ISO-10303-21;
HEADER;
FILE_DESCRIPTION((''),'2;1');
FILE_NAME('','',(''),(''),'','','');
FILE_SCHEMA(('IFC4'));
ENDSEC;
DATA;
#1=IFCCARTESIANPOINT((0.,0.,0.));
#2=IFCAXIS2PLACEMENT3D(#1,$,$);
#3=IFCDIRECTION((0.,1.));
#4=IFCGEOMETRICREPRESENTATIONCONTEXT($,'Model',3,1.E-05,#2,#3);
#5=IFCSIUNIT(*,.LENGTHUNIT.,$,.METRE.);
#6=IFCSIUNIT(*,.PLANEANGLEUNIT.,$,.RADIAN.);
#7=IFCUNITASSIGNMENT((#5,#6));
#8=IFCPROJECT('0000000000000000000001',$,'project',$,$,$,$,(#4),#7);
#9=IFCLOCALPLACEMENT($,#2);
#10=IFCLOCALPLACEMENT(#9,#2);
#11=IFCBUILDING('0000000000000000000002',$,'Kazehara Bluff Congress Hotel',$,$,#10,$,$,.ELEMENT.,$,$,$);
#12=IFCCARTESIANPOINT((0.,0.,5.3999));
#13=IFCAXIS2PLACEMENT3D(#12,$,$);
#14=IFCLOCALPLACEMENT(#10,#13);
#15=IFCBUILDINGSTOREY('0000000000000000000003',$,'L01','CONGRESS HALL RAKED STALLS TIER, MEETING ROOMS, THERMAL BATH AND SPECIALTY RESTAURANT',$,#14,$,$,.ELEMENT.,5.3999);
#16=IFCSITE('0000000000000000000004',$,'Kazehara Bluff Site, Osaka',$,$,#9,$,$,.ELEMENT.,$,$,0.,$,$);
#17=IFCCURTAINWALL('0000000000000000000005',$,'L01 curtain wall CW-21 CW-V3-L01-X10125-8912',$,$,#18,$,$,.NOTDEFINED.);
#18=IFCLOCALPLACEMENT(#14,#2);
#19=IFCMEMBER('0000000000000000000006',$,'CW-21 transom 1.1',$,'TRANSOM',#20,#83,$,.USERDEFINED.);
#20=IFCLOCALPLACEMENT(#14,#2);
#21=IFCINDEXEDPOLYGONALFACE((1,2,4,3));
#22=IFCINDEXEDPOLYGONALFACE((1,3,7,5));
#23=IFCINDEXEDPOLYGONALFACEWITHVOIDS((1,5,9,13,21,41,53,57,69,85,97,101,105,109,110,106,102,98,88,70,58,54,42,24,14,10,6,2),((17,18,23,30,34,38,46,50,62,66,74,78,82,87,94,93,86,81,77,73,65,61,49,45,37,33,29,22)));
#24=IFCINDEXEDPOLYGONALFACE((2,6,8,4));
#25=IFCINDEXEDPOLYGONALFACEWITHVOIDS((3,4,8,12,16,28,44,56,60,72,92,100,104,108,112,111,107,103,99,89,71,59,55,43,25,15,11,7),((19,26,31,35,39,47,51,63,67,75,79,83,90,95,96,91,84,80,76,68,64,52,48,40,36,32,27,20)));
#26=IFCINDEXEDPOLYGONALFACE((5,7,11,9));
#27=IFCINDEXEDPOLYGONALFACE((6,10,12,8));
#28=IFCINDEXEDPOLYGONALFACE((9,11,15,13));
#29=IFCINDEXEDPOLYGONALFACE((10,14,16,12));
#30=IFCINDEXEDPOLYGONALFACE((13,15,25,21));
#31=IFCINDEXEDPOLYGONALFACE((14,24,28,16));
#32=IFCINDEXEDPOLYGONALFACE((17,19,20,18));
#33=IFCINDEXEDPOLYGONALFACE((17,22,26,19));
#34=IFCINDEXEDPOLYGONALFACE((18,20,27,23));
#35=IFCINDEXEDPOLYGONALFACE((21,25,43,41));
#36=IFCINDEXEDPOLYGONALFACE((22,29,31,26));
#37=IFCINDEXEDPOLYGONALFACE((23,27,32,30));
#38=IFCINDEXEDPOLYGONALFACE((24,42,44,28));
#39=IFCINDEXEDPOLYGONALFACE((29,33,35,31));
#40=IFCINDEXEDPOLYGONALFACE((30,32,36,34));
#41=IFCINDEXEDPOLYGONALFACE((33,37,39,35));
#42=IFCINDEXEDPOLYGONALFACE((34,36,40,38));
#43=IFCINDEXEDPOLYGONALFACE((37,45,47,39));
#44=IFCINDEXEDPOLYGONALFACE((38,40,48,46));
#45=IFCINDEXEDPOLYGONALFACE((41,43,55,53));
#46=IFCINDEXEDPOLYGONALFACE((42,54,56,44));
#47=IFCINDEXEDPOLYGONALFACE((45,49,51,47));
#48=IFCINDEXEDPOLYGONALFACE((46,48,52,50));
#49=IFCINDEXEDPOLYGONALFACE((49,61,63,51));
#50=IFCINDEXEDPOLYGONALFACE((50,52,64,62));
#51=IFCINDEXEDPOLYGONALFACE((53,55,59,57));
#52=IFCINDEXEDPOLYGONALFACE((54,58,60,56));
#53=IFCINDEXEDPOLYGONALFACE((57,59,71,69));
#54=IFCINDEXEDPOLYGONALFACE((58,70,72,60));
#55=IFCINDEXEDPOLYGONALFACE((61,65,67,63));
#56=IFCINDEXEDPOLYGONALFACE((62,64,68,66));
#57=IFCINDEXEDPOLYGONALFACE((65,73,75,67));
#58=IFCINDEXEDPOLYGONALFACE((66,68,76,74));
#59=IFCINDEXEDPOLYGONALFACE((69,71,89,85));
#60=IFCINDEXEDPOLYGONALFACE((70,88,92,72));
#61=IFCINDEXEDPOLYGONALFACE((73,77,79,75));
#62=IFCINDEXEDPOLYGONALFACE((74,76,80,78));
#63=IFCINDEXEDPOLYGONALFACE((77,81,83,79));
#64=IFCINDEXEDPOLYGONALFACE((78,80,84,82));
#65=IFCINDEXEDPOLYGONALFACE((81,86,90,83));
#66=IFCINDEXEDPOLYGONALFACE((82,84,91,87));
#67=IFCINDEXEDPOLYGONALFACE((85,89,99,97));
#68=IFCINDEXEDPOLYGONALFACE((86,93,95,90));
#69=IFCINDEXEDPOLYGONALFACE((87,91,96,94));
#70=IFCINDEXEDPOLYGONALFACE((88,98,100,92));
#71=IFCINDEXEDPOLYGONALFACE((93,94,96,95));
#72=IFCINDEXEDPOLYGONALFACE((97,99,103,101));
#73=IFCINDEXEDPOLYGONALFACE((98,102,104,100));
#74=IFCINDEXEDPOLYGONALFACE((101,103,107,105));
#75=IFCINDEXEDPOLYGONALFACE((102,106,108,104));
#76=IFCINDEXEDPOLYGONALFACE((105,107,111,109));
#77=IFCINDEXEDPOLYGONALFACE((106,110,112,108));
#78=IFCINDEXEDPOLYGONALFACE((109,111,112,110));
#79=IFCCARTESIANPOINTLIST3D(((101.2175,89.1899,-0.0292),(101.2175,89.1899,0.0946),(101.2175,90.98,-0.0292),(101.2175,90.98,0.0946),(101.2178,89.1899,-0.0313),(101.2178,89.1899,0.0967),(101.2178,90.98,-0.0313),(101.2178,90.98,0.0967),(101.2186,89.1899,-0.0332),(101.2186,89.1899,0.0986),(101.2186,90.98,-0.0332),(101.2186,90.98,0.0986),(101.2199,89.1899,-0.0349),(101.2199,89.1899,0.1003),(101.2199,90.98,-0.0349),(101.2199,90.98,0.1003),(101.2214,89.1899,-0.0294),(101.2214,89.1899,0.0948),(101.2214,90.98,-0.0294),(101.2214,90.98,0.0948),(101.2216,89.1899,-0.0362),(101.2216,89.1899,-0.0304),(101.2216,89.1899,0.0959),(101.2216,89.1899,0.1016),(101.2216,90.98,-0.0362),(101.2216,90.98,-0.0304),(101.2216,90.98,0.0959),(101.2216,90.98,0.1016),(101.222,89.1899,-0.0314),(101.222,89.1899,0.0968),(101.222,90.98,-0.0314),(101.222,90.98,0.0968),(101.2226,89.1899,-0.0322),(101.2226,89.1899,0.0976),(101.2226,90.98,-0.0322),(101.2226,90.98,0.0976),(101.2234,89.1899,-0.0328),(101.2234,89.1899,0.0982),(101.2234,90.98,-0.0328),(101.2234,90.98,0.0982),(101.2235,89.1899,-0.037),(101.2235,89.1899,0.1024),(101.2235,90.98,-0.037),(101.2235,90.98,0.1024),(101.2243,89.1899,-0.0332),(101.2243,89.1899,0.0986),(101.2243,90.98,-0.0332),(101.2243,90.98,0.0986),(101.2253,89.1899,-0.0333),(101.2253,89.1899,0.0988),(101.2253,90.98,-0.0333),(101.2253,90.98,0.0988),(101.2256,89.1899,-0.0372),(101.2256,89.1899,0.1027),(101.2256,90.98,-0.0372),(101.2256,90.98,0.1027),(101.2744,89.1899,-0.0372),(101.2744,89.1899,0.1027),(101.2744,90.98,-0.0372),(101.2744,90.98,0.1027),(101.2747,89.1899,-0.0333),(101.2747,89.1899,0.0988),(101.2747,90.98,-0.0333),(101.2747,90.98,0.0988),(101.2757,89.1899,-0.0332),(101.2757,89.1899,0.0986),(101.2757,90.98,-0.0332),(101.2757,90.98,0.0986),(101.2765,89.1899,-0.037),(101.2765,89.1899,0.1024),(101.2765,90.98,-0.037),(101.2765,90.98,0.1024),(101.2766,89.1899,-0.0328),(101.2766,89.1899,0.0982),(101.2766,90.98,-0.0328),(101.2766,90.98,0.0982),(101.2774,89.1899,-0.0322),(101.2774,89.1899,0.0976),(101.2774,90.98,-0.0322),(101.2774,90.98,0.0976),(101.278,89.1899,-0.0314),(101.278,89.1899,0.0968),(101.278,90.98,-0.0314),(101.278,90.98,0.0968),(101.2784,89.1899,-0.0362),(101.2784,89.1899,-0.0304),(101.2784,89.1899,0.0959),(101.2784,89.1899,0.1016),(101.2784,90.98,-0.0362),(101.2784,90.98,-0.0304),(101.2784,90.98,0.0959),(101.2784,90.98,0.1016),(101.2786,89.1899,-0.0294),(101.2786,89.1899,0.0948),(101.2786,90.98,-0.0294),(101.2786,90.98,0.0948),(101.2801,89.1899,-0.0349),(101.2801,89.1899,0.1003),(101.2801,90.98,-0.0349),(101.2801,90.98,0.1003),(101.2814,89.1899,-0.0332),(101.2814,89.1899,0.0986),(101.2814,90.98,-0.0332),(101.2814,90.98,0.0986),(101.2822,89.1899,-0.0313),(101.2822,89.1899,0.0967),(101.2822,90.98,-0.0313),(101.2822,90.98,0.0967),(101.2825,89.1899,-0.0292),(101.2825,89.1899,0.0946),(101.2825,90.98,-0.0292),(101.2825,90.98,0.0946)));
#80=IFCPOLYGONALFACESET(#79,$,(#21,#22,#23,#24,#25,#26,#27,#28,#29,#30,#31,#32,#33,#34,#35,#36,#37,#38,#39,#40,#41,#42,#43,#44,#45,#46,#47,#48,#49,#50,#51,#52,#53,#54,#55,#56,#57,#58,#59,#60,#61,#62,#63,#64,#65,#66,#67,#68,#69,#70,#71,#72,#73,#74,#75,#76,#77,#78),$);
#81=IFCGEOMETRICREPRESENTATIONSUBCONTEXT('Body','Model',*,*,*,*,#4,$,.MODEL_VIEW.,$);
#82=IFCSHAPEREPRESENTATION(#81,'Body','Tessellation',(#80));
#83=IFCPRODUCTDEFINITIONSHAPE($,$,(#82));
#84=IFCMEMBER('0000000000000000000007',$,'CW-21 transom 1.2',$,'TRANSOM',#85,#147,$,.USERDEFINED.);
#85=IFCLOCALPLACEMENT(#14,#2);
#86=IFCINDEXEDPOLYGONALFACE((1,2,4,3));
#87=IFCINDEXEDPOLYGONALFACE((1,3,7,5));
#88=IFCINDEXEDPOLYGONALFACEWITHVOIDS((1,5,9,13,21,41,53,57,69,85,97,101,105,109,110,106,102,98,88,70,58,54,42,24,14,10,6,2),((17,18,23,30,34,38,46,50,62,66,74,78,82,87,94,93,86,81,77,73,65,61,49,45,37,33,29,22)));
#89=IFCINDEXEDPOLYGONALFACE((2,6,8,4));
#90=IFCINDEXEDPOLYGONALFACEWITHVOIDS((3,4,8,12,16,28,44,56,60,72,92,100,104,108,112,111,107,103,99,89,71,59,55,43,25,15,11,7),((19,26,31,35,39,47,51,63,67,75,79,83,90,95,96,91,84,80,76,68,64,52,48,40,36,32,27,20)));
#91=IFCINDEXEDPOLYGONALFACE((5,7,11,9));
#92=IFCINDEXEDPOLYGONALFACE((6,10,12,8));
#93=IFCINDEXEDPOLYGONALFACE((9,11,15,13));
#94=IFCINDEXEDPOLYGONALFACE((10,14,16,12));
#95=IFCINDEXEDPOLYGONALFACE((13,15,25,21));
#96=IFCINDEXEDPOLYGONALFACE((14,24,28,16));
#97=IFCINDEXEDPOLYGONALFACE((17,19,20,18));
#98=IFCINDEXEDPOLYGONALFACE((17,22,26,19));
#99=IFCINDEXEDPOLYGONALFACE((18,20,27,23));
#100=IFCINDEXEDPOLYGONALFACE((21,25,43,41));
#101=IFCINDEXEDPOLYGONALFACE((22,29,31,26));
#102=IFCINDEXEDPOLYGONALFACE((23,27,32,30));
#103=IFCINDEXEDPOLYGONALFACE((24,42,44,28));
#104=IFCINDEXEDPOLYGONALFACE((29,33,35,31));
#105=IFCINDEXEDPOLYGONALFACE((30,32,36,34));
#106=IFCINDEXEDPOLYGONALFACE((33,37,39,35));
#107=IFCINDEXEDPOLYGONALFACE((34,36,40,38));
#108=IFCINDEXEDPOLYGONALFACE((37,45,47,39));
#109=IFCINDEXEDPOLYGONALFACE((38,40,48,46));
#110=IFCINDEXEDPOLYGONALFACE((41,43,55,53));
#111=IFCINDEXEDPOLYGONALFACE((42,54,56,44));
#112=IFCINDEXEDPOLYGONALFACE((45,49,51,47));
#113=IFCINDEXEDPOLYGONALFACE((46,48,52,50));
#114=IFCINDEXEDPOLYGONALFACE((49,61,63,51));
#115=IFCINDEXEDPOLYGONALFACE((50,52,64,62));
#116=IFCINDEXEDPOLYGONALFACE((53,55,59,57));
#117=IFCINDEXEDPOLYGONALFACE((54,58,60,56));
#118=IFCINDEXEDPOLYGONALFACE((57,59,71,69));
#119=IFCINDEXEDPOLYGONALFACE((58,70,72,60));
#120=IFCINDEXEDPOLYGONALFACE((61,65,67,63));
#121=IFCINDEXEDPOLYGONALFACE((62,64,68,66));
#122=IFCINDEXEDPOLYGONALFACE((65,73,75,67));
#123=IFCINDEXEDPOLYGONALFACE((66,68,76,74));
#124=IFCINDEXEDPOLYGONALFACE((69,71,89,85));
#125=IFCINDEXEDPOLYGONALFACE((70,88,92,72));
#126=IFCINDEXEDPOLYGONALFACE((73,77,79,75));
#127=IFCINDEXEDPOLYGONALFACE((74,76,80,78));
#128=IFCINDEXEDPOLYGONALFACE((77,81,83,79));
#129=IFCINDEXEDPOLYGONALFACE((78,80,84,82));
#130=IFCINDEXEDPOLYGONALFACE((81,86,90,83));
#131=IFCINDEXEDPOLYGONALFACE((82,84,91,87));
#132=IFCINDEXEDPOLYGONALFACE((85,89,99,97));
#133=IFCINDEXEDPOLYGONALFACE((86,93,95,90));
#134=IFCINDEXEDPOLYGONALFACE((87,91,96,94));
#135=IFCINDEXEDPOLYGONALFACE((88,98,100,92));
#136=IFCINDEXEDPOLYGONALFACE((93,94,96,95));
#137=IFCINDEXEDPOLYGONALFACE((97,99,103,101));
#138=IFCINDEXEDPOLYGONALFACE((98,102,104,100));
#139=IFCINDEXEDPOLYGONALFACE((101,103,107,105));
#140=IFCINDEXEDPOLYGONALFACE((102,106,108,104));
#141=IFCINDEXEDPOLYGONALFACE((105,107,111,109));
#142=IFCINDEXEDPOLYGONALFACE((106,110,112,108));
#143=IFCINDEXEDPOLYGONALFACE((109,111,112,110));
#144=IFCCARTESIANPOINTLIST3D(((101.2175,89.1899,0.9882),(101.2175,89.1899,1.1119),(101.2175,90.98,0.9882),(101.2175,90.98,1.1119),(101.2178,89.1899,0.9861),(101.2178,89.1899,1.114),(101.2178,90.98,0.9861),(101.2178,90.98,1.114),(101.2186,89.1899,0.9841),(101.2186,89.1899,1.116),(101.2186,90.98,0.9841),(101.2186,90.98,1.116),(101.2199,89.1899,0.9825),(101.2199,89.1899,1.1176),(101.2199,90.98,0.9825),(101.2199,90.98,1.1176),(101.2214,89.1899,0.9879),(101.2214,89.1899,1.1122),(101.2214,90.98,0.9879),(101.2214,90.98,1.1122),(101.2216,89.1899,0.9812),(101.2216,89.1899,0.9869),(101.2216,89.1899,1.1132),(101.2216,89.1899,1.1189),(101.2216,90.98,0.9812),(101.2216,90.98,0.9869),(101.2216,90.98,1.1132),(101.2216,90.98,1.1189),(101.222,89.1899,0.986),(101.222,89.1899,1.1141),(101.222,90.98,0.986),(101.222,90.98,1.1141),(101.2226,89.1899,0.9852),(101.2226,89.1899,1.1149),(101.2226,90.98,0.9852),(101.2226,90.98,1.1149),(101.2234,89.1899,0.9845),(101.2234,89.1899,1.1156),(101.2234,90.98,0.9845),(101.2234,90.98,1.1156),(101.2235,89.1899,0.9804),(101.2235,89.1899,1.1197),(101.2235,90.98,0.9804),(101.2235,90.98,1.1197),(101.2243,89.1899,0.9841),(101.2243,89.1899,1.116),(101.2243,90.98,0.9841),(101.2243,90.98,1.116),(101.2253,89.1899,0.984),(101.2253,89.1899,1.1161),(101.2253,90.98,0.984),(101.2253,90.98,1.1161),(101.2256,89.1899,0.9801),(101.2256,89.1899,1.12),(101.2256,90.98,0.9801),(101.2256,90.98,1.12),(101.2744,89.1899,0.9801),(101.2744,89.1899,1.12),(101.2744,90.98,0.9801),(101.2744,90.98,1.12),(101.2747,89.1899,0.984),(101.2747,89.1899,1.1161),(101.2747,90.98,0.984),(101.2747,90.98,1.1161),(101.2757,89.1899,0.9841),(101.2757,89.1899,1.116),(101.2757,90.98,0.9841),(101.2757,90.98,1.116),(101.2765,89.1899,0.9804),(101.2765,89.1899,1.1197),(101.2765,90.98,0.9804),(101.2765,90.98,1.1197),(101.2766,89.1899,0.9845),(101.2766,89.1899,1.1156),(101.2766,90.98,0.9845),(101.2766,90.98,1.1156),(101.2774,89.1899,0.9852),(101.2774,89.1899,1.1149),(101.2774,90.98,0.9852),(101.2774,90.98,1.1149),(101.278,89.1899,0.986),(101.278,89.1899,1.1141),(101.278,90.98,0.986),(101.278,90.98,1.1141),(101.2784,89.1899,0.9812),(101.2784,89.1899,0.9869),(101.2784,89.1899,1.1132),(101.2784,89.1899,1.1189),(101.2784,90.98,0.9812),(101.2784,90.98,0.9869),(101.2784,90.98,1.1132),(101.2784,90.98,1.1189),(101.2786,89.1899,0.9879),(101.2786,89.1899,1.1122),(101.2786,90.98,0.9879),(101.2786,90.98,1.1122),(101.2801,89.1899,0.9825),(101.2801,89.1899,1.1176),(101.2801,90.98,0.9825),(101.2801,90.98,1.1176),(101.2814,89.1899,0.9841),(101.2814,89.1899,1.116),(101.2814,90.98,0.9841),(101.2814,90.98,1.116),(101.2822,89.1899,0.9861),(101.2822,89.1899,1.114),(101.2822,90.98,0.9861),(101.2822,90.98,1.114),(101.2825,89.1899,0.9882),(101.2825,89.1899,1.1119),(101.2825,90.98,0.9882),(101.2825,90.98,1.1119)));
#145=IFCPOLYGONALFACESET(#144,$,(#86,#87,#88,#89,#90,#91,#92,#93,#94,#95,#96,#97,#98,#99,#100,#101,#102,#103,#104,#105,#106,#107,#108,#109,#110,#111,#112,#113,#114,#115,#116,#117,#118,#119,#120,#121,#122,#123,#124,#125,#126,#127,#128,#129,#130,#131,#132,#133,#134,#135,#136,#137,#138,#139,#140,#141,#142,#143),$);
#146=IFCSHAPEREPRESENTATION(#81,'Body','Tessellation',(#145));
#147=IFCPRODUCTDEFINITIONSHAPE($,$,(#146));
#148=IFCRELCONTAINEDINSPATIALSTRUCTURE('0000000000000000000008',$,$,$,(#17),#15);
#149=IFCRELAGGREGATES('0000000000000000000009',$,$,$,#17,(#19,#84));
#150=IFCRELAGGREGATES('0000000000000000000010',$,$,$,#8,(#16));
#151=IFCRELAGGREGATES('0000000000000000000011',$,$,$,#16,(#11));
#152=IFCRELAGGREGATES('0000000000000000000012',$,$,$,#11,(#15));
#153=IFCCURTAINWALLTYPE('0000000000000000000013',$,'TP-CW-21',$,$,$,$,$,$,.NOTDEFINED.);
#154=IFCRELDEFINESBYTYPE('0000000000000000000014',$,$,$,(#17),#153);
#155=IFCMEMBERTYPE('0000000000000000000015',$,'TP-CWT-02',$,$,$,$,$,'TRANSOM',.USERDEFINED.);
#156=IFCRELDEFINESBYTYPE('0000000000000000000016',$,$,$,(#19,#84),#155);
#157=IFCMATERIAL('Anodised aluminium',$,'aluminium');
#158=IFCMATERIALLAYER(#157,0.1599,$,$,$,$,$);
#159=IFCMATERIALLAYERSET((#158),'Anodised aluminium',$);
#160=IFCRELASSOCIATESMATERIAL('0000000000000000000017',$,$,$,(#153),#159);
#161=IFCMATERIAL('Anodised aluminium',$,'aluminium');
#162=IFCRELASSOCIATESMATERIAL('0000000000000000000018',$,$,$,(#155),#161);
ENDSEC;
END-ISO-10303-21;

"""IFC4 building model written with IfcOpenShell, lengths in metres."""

from ifc_helpers import new_model, si_unit, direction, frame, origin, origin_2d, place, context, subcontext, project, spatial, hollow_rectangle, extrude, material, layer, layer_set, material_profile, profile_set, type_object, element, aggregate, save


model = new_model("IFC4")

# Units and contexts
model_context = context("Model", 3, precision=1e-05, world=origin(), true_north=direction((0.0, 1.0)))
body_context = subcontext(model_context, "Body", "Model", "MODEL_VIEW")
ifc_project = project(units=[si_unit("LENGTHUNIT", "METRE"), si_unit("PLANEANGLEUNIT", "RADIAN")], contexts=[model_context])

# Site, building, storey
site_placement = place(None, origin())
site = spatial("IfcSite", under=ifc_project, at=site_placement, Name="Kazehara Bluff Site, Osaka", CompositionType="ELEMENT", RefElevation=0.0)
building_placement = place(site_placement, origin())
building = spatial("IfcBuilding", under=site, at=building_placement, Name="Kazehara Bluff Congress Hotel", CompositionType="ELEMENT")
storey_placement = place(building_placement, frame((0.0, 0.0, 5.3999)))
storey = spatial("IfcBuildingStorey", under=building, at=storey_placement, Name="L01", Description="CONGRESS HALL RAKED STALLS TIER, MEETING ROOMS, THERMAL BATH AND SPECIALTY RESTAURANT", CompositionType="ELEMENT", Elevation=5.3999)

# Curtain wall
ifc_material_1 = material(Name="Anodised aluminium", Category="aluminium")
ifc_layer_1 = layer(ifc_material_1, 0.1599)
ifc_layer_set_1 = layer_set([ifc_layer_1], Name="Anodised aluminium")
curtain_wall_type = type_object("IfcCurtainWallType", Name="TP-CW-21", PredefinedType="NOTDEFINED", material=ifc_layer_set_1)
curtain_wall_1_placement = place(storey_placement, origin())
curtain_wall_1 = element("IfcCurtainWall", 1, at=curtain_wall_1_placement, inside=storey, type_object=curtain_wall_type, Name="L01 curtain wall CW-21 CW-V3-L01-X10125-8912", PredefinedType="NOTDEFINED")

# Members
ifc_material_2 = material(Name="Anodised aluminium", Category="aluminium")
ifc_material_profile_1 = material_profile(ifc_material_2, hollow_rectangle(XDim=0.0649, YDim=0.1399, WallThickness=0.0039, InnerFilletRadius=0.0039, OuterFilletRadius=0.0081, at=origin_2d()))
ifc_profile_set_1 = profile_set([ifc_material_profile_1], Name="Anodised aluminium")
member_type_1 = type_object("IfcMemberType", Name="TP-CWT-02", ElementType="TRANSOM", PredefinedType="USERDEFINED", material=ifc_profile_set_1)
member_1_placement = place(storey_placement, frame((101.25, 89.1899, 0.0327), z_axis=(0.0, 1.0, 0.0), x_axis=(-1.0, 0.0, 0.0)))
member_1 = element("IfcMember", 2, at=member_1_placement, type_object=member_type_1, Name="CW-21 transom 1.1", ObjectType="TRANSOM", PredefinedType="USERDEFINED", context=body_context, shape_type="SweptSolid", body=[
    extrude(hollow_rectangle(XDim=0.0649, YDim=0.1399, WallThickness=0.0039, InnerFilletRadius=0.0039, OuterFilletRadius=0.0081, at=origin_2d()), origin(), (0.0, 0.0, 1.0), 1.79),
])
member_2_placement = place(storey_placement, frame((101.25, 89.1899, 1.05), z_axis=(0.0, 1.0, 0.0), x_axis=(-1.0, 0.0, 0.0)))
member_2 = element("IfcMember", 3, at=member_2_placement, type_object=member_type_1, Name="CW-21 transom 1.2", ObjectType="TRANSOM", PredefinedType="USERDEFINED", context=body_context, shape_type="SweptSolid", body=[
    extrude(hollow_rectangle(XDim=0.0649, YDim=0.1399, WallThickness=0.0039, InnerFilletRadius=0.0039, OuterFilletRadius=0.0081, at=origin_2d()), origin(), (0.0, 0.0, 1.0), 1.79),
])

aggregate(curtain_wall_1, [member_1, member_2])

save(model, "model.ifc")
